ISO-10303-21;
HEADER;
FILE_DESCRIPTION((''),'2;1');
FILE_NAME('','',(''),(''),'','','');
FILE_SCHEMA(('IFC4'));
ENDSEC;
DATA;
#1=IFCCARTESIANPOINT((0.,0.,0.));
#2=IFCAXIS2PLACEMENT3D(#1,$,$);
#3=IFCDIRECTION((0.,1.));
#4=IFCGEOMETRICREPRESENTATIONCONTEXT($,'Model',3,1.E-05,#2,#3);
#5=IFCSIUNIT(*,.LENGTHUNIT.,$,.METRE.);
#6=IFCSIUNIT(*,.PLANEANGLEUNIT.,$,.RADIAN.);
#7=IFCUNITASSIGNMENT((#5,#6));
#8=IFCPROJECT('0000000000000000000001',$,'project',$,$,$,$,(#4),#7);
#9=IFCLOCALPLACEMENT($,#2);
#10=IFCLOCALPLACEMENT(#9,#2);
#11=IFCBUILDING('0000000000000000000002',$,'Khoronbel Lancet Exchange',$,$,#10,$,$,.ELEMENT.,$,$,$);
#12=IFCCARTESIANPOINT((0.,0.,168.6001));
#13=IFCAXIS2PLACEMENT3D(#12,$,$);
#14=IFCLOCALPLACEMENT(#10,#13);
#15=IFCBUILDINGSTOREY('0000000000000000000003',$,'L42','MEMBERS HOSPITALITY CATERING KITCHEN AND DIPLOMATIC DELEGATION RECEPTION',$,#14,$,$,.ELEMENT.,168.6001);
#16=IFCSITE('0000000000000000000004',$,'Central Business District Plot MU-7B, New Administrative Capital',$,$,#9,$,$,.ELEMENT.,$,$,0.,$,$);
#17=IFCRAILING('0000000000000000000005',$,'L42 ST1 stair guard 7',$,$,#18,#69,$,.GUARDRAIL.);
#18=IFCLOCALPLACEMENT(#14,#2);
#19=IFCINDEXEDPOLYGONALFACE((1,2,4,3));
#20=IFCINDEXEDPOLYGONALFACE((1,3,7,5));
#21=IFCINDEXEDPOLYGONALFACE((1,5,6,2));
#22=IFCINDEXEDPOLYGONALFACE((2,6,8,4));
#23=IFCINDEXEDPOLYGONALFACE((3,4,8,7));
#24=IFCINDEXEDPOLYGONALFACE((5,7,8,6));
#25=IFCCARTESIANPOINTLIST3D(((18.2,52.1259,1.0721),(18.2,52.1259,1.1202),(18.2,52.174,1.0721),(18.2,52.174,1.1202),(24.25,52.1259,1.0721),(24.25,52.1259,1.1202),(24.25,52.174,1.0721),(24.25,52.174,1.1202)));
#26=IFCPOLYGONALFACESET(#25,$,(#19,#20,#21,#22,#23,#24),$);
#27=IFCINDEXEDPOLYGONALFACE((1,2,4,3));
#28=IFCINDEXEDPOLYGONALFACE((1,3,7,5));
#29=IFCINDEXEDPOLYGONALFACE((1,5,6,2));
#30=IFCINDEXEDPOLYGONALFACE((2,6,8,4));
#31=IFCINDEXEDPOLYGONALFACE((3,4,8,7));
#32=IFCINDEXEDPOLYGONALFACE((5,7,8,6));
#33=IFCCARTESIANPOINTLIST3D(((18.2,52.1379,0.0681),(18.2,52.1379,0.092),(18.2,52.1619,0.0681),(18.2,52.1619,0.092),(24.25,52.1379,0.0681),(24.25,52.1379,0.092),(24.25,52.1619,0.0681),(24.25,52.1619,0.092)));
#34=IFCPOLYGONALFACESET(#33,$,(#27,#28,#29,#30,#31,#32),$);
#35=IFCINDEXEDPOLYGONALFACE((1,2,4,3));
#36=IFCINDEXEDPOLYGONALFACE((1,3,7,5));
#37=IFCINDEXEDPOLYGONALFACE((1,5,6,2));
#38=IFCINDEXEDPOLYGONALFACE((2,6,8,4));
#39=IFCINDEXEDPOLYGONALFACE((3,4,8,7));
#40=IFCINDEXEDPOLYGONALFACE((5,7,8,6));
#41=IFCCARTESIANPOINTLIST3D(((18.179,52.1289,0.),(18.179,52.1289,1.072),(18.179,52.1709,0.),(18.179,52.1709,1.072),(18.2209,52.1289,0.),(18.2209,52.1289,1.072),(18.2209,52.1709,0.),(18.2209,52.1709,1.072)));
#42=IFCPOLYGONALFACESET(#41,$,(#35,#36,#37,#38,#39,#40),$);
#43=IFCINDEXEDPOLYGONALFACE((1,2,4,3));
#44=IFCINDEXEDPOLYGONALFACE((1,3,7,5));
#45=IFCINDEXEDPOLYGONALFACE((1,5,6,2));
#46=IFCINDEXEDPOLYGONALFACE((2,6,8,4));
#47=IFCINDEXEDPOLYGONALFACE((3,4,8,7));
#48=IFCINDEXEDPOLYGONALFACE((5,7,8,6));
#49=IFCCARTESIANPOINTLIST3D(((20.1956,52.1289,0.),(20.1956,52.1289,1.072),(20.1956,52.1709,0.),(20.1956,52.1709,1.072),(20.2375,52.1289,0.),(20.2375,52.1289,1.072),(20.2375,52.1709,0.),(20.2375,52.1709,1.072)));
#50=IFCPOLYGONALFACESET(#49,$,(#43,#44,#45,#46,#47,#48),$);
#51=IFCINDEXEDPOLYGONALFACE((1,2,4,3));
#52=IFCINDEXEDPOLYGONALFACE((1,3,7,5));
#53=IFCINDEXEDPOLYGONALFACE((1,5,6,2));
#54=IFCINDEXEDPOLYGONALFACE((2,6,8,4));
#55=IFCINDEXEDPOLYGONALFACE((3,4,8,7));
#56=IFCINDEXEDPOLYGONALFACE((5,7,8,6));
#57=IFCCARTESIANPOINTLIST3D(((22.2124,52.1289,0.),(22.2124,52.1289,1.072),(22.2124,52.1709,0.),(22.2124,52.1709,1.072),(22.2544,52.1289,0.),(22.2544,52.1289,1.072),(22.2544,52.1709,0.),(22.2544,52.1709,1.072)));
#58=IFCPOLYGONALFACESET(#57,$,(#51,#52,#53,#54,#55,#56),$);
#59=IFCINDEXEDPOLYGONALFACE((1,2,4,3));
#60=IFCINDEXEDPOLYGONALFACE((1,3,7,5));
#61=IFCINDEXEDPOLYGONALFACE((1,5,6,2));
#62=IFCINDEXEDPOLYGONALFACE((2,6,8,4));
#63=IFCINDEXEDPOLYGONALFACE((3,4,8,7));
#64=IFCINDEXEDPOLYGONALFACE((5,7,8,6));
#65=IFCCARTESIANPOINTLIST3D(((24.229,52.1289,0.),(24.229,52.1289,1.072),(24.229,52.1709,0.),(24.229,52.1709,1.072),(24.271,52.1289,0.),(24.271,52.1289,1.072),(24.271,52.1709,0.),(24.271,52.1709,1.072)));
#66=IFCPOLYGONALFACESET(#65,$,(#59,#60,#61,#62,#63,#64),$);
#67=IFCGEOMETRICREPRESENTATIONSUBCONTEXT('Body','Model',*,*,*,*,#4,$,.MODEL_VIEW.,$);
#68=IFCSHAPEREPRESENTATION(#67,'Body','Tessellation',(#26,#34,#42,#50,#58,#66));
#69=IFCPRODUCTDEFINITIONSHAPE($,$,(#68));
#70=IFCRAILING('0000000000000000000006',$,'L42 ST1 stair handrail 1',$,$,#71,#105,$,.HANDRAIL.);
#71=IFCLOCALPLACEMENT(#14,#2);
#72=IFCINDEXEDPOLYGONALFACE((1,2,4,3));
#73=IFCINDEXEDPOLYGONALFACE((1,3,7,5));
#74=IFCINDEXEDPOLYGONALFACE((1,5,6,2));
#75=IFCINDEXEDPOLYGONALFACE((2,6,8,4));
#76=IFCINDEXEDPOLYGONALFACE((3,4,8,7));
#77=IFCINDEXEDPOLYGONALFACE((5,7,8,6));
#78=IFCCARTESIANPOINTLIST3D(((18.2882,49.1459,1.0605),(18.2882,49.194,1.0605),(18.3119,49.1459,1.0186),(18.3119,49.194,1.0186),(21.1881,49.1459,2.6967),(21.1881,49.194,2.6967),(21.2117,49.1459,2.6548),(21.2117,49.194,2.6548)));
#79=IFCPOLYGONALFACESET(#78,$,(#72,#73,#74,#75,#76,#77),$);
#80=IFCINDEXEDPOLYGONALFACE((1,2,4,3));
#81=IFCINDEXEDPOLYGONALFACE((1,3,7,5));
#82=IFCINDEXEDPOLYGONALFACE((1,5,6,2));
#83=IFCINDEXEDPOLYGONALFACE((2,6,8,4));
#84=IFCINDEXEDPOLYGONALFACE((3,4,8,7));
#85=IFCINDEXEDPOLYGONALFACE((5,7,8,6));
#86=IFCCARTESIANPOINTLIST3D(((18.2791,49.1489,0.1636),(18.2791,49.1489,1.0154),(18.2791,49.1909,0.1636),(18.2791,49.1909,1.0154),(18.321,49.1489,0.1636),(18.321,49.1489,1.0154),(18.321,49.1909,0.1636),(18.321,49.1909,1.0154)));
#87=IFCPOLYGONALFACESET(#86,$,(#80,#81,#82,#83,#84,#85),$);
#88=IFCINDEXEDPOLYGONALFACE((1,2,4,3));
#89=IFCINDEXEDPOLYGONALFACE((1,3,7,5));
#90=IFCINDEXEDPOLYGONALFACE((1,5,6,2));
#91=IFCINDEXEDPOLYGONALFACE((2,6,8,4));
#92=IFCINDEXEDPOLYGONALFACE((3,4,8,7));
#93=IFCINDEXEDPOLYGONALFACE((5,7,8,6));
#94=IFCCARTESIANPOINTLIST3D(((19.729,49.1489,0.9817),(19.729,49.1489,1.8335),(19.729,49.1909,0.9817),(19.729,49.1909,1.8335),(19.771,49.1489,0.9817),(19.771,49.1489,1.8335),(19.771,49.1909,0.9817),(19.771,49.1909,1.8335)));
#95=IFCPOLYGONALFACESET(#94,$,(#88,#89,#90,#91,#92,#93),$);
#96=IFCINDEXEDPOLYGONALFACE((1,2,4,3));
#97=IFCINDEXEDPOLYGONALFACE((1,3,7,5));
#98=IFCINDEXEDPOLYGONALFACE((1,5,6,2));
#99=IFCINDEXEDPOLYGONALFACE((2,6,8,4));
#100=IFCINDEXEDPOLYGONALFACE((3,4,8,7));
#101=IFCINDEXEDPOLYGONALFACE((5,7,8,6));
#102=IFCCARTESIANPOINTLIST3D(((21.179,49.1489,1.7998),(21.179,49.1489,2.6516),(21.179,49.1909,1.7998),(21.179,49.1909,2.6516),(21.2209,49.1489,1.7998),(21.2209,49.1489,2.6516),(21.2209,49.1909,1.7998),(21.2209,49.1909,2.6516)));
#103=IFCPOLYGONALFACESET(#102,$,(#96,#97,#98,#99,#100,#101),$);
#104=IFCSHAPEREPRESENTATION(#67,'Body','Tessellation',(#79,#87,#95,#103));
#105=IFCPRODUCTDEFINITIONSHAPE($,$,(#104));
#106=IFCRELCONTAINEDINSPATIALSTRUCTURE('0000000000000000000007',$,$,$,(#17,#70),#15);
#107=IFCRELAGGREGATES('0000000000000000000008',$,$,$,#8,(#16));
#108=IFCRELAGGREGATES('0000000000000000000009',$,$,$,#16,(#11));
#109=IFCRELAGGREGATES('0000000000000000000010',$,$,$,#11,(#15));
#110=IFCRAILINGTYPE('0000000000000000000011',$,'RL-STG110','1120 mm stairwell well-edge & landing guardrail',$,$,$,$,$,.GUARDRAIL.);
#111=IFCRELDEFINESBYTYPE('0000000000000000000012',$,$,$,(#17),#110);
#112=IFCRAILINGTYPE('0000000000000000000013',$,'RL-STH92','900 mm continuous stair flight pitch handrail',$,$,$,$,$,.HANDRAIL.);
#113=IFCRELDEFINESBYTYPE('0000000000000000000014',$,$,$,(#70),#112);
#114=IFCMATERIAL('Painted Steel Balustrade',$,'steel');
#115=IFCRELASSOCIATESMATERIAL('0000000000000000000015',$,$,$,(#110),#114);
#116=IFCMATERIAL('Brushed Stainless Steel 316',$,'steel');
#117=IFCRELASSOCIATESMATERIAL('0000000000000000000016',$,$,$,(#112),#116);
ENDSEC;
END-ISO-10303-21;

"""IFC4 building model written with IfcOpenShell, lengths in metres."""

from ifc_helpers import new_model, si_unit, direction, frame, origin, origin_2d, place, context, subcontext, project, spatial, rectangle, extrude, material, type_object, element, save


model = new_model("IFC4")

# Units and contexts
model_context = context("Model", 3, precision=1e-05, world=origin(), true_north=direction((0.0, 1.0)))
body_context = subcontext(model_context, "Body", "Model", "MODEL_VIEW")
ifc_project = project(units=[si_unit("LENGTHUNIT", "METRE"), si_unit("PLANEANGLEUNIT", "RADIAN")], contexts=[model_context])

# Site, building, storey
site_placement = place(None, origin())
site = spatial("IfcSite", under=ifc_project, at=site_placement, Name="Central Business District Plot MU-7B, New Administrative Capital", CompositionType="ELEMENT", RefElevation=0.0)
building_placement = place(site_placement, origin())
building = spatial("IfcBuilding", under=site, at=building_placement, Name="Khoronbel Lancet Exchange", CompositionType="ELEMENT")
storey_placement = place(building_placement, frame((0.0, 0.0, 168.6001)))
storey = spatial("IfcBuildingStorey", under=building, at=storey_placement, Name="L42", Description="MEMBERS HOSPITALITY CATERING KITCHEN AND DIPLOMATIC DELEGATION RECEPTION", CompositionType="ELEMENT", Elevation=168.6001)

# Railings
ifc_material_1 = material(Name="Painted Steel Balustrade", Category="steel")
railing_type_1 = type_object("IfcRailingType", Name="RL-STG110", Description="1120 mm stairwell well-edge & landing guardrail", PredefinedType="GUARDRAIL", material=ifc_material_1)
railing_1_placement = place(storey_placement, frame((18.2, 52.1499, 0.0)))
element("IfcRailing", 1, at=railing_1_placement, inside=storey, type_object=railing_type_1, Name="L42 ST1 stair guard 7", PredefinedType="GUARDRAIL", context=body_context, shape_type="SweptSolid", body=[
    extrude(rectangle(XDim=0.0481, YDim=0.0481, at=origin_2d()), frame((0.0, 0.0, 1.0962), z_axis=(1.0, 0.0, 0.0), x_axis=(0.0, 1.0, 0.0)), (0.0, 0.0, 1.0), 6.05),
    extrude(rectangle(XDim=0.0239, YDim=0.0239, at=origin_2d()), frame((0.0, 0.0, 0.0801), z_axis=(1.0, 0.0, 0.0), x_axis=(0.0, 1.0, 0.0)), (0.0, 0.0, 1.0), 6.05),
    extrude(rectangle(XDim=0.042, YDim=0.042, at=origin_2d()), origin(), (0.0, 0.0, 1.0), 1.072),
    extrude(rectangle(XDim=0.042, YDim=0.042, at=origin_2d()), frame((2.0166, 0.0, 0.0)), (0.0, 0.0, 1.0), 1.072),
    extrude(rectangle(XDim=0.042, YDim=0.042, at=origin_2d()), frame((4.0334, 0.0, 0.0)), (0.0, 0.0, 1.0), 1.072),
    extrude(rectangle(XDim=0.042, YDim=0.042, at=origin_2d()), frame((6.05, 0.0, 0.0)), (0.0, 0.0, 1.0), 1.072),
])
ifc_material_2 = material(Name="Brushed Stainless Steel 316", Category="steel")
railing_type_2 = type_object("IfcRailingType", Name="RL-STH92", Description="900 mm continuous stair flight pitch handrail", PredefinedType="HANDRAIL", material=ifc_material_2)
railing_2_placement = place(storey_placement, frame((18.3, 49.1699, 0.1636)))
element("IfcRailing", 2, at=railing_2_placement, inside=storey, type_object=railing_type_2, Name="L42 ST1 stair handrail 1", PredefinedType="HANDRAIL", context=body_context, shape_type="SweptSolid", body=[
    extrude(rectangle(XDim=0.0481, YDim=0.0481, at=origin_2d()), frame((0.0, 0.0, 0.876), z_axis=(0.870929, 0.0, 0.49141), x_axis=(0.0, 1.0, 0.0)), (0.0, 0.0, 1.0), 3.3296),
    extrude(rectangle(XDim=0.042, YDim=0.042, at=origin_2d()), origin(), (0.0, 0.0, 1.0), 0.8518),
    extrude(rectangle(XDim=0.042, YDim=0.042, at=origin_2d()), frame((1.45, 0.0, 0.8181)), (0.0, 0.0, 1.0), 0.8518),
    extrude(rectangle(XDim=0.042, YDim=0.042, at=origin_2d()), frame((2.8999, 0.0, 1.6362)), (0.0, 0.0, 1.0), 0.8518),
])

save(model, "model.ifc")
